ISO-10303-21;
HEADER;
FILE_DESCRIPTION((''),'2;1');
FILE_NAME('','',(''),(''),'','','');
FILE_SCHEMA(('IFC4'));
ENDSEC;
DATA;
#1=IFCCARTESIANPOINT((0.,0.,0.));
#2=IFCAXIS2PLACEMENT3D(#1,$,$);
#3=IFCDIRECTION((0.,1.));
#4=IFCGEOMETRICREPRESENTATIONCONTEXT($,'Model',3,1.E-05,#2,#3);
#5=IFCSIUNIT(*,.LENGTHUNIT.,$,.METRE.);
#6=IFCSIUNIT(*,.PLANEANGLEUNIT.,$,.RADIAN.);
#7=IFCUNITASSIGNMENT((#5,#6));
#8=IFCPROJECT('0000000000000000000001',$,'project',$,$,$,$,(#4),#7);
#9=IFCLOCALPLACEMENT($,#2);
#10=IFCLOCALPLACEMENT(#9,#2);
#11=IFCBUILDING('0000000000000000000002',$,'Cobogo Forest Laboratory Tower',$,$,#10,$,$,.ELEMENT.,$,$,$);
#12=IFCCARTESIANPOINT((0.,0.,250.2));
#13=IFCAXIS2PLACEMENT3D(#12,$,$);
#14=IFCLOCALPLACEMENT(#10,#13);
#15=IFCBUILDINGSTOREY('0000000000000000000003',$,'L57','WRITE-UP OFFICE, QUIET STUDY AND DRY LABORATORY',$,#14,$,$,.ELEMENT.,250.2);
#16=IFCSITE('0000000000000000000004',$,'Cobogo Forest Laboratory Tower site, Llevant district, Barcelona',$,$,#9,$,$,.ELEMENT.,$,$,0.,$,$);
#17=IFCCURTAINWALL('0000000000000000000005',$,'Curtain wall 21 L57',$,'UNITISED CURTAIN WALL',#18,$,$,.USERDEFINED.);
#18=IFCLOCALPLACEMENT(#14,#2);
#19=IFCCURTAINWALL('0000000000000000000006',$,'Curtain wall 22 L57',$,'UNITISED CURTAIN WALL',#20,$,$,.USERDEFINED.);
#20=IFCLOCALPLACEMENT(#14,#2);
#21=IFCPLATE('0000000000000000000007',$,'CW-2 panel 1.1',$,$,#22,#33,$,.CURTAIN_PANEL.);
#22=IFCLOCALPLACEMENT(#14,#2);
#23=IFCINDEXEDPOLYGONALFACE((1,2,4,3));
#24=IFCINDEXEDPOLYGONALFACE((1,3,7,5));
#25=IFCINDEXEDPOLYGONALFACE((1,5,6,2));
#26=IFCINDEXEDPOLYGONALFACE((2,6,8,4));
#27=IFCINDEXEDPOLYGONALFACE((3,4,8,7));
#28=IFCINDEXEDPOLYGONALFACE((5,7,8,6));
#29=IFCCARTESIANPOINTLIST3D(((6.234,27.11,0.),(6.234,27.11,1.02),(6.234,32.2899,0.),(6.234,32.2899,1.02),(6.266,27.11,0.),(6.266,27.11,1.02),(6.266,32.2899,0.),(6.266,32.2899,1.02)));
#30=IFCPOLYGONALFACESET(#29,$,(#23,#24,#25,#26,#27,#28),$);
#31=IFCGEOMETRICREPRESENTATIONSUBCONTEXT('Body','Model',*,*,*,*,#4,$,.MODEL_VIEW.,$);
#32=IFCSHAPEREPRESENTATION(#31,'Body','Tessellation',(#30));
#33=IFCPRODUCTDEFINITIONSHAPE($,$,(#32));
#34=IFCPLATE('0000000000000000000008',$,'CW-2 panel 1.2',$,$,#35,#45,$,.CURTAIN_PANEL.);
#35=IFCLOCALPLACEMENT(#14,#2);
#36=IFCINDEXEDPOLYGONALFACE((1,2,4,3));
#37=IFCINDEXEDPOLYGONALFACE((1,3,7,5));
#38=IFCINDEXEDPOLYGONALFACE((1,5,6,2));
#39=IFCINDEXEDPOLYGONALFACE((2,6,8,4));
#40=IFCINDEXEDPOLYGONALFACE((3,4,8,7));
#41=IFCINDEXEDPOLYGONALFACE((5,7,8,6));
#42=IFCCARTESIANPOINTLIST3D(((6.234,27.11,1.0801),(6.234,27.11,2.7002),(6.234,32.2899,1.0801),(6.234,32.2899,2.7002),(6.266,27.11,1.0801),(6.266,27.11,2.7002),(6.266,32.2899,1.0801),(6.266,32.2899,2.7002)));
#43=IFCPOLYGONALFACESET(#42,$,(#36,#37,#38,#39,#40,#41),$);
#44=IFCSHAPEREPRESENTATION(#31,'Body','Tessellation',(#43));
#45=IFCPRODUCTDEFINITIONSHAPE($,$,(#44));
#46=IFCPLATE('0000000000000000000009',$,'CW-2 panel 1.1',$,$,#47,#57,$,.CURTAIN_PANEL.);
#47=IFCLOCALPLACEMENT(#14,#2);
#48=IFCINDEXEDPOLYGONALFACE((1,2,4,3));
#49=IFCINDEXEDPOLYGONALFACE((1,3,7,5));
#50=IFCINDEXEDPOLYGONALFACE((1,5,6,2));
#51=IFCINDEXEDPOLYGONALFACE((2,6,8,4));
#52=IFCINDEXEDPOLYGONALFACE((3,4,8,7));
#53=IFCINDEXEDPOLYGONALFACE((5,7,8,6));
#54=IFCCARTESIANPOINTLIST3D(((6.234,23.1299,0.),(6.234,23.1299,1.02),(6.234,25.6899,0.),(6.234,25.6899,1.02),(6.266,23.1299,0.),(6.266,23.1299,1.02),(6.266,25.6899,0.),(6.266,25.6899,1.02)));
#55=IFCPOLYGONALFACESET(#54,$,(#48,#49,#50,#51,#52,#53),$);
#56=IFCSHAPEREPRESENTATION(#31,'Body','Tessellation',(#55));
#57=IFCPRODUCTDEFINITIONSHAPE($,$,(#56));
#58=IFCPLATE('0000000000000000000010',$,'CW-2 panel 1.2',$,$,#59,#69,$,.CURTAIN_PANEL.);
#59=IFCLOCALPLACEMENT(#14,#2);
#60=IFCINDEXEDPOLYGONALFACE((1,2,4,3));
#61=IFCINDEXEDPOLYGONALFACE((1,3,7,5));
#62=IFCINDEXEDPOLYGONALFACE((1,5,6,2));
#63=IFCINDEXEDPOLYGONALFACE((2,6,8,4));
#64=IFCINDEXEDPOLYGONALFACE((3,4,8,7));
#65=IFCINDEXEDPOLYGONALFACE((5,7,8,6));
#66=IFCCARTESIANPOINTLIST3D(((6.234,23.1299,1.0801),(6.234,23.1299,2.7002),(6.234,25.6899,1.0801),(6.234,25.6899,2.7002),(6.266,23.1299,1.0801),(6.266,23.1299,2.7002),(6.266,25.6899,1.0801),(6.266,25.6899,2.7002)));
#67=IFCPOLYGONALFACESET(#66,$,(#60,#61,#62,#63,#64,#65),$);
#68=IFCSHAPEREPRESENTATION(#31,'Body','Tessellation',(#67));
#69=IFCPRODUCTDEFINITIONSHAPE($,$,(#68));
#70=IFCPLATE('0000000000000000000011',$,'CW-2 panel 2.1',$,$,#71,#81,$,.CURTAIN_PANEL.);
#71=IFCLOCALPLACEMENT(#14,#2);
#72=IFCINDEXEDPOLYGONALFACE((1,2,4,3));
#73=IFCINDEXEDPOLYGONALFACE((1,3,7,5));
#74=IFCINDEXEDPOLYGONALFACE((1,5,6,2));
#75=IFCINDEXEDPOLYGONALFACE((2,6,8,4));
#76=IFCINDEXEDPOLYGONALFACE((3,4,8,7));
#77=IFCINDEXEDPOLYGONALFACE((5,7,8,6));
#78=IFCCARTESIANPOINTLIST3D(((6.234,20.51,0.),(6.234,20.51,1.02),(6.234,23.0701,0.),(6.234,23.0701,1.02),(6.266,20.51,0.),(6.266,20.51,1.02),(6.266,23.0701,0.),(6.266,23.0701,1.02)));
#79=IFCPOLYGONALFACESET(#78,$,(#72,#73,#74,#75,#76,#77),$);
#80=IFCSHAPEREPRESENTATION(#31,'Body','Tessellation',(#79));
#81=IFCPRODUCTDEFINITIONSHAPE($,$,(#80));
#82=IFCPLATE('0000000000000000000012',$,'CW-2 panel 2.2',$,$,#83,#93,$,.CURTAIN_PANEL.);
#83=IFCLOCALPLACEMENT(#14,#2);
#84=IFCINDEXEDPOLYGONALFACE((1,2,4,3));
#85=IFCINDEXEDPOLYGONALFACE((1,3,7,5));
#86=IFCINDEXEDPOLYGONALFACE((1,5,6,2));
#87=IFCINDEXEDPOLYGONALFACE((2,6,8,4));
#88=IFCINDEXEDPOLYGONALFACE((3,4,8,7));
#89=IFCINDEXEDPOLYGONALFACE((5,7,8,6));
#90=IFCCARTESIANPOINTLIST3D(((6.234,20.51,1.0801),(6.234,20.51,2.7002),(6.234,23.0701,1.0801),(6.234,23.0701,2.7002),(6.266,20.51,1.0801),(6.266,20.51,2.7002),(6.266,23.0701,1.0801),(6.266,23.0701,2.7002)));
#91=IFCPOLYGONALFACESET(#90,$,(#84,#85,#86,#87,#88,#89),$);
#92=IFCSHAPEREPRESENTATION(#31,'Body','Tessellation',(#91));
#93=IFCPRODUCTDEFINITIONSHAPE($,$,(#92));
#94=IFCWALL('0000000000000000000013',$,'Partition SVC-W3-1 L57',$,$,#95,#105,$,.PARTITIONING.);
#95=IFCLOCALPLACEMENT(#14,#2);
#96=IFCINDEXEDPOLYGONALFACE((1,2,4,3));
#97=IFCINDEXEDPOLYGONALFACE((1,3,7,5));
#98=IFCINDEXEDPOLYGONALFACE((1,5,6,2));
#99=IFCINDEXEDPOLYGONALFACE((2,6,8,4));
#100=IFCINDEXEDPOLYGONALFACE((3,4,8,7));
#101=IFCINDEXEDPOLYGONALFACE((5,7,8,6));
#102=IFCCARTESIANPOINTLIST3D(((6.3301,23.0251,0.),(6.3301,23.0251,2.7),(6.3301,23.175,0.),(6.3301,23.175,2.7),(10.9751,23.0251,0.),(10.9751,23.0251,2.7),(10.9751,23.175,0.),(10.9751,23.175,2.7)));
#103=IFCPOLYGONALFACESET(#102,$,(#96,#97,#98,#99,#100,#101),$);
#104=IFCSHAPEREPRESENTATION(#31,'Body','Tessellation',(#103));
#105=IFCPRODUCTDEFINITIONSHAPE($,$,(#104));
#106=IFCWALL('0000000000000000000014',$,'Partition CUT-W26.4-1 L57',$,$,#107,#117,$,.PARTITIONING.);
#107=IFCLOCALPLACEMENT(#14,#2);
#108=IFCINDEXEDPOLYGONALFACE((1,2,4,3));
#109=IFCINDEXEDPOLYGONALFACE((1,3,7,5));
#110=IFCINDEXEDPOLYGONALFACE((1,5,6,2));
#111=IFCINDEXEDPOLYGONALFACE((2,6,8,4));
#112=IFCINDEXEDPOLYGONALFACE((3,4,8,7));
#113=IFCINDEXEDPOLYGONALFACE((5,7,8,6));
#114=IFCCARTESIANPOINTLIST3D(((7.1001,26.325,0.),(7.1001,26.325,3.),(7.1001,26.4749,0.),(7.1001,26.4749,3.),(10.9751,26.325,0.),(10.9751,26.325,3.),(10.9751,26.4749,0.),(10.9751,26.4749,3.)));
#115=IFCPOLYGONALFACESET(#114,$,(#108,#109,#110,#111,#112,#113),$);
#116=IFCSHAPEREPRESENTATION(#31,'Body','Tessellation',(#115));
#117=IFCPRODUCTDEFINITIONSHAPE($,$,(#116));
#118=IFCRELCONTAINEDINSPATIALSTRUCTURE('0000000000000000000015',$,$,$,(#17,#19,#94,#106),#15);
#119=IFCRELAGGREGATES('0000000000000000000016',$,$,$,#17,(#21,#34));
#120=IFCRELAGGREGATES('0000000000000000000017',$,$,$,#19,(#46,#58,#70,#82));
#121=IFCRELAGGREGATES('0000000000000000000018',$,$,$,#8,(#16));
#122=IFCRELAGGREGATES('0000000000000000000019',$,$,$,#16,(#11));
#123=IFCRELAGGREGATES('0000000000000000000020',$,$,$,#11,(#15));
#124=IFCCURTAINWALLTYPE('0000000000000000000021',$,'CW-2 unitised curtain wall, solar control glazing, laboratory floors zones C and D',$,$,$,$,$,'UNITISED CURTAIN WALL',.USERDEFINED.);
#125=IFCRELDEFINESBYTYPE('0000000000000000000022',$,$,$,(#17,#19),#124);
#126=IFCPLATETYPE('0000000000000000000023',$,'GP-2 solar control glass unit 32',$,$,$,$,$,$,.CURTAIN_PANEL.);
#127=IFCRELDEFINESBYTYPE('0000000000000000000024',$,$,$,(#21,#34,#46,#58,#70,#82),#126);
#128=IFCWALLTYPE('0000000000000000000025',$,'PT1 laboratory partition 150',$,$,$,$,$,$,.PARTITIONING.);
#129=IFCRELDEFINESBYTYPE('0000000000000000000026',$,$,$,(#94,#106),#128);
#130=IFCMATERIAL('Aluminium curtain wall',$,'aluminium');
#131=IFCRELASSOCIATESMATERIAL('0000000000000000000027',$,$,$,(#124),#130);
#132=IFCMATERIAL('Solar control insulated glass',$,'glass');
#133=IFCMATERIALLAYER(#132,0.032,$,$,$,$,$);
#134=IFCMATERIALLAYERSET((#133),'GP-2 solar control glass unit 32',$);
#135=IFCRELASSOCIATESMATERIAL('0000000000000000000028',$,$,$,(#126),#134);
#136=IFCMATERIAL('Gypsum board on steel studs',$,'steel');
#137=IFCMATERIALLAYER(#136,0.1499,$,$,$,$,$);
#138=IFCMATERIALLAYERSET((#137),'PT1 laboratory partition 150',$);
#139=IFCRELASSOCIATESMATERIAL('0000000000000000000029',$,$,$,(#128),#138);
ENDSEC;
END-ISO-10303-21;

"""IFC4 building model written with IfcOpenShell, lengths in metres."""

from ifc_helpers import new_model, si_unit, direction, frame, frame_2d, origin, origin_2d, place, context, subcontext, project, spatial, rectangle, extrude, material, layer, layer_set, type_object, element, aggregate, save


model = new_model("IFC4")

# Units and contexts
model_context = context("Model", 3, precision=1e-05, world=origin(), true_north=direction((0.0, 1.0)))
body_context = subcontext(model_context, "Body", "Model", "MODEL_VIEW")
ifc_project = project(units=[si_unit("LENGTHUNIT", "METRE"), si_unit("PLANEANGLEUNIT", "RADIAN")], contexts=[model_context])

# Site, building, storey
site_placement = place(None, origin())
site = spatial("IfcSite", under=ifc_project, at=site_placement, Name="Cobogo Forest Laboratory Tower site, Llevant district, Barcelona", CompositionType="ELEMENT", RefElevation=0.0)
building_placement = place(site_placement, origin())
building = spatial("IfcBuilding", under=site, at=building_placement, Name="Cobogo Forest Laboratory Tower", CompositionType="ELEMENT")
storey_placement = place(building_placement, frame((0.0, 0.0, 250.2)))
storey = spatial("IfcBuildingStorey", under=building, at=storey_placement, Name="L57", Description="WRITE-UP OFFICE, QUIET STUDY AND DRY LABORATORY", CompositionType="ELEMENT", Elevation=250.2)

# Curtain walls
ifc_material_1 = material(Name="Aluminium curtain wall", Category="aluminium")
curtain_wall_type = type_object("IfcCurtainWallType", Name="CW-2 unitised curtain wall, solar control glazing, laboratory floors zones C and D", ElementType="UNITISED CURTAIN WALL", PredefinedType="USERDEFINED", material=ifc_material_1)
curtain_wall_1_placement = place(storey_placement, origin())
curtain_wall_1 = element("IfcCurtainWall", 1, at=curtain_wall_1_placement, inside=storey, type_object=curtain_wall_type, Name="Curtain wall 21 L57", ObjectType="UNITISED CURTAIN WALL", PredefinedType="USERDEFINED")
curtain_wall_2_placement = place(storey_placement, origin())
curtain_wall_2 = element("IfcCurtainWall", 2, at=curtain_wall_2_placement, inside=storey, type_object=curtain_wall_type, Name="Curtain wall 22 L57", ObjectType="UNITISED CURTAIN WALL", PredefinedType="USERDEFINED")

# Plates
ifc_material_2 = material(Name="Solar control insulated glass", Category="glass")
ifc_layer_1 = layer(ifc_material_2, 0.032)
ifc_layer_set_1 = layer_set([ifc_layer_1], Name="GP-2 solar control glass unit 32")
plate_type_1 = type_object("IfcPlateType", Name="GP-2 solar control glass unit 32", PredefinedType="CURTAIN_PANEL", material=ifc_layer_set_1)
plate_1_placement = place(storey_placement, frame((6.25, 29.7, 0.0), z_axis=(0.0, 0.0, 1.0), x_axis=(0.0, -1.0, 0.0)))
plate_1 = element("IfcPlate", 3, at=plate_1_placement, type_object=plate_type_1, Name="CW-2 panel 1.1", PredefinedType="CURTAIN_PANEL", context=body_context, shape_type="SweptSolid", body=[
    extrude(rectangle(XDim=5.1799, YDim=0.032, at=origin_2d()), origin(), (0.0, 0.0, 1.0), 1.02),
])
plate_2_placement = place(storey_placement, frame((6.25, 29.7, 1.0801), z_axis=(0.0, 0.0, 1.0), x_axis=(0.0, -1.0, 0.0)))
plate_2 = element("IfcPlate", 4, at=plate_2_placement, type_object=plate_type_1, Name="CW-2 panel 1.2", PredefinedType="CURTAIN_PANEL", context=body_context, shape_type="SweptSolid", body=[
    extrude(rectangle(XDim=5.1799, YDim=0.032, at=origin_2d()), origin(), (0.0, 0.0, 1.0), 1.6201),
])
aggregate(curtain_wall_1, [plate_1, plate_2])
plate_3_placement = place(storey_placement, frame((6.25, 24.4099, 0.0), z_axis=(0.0, 0.0, 1.0), x_axis=(0.0, -1.0, 0.0)))
plate_3 = element("IfcPlate", 5, at=plate_3_placement, type_object=plate_type_1, Name="CW-2 panel 1.1", PredefinedType="CURTAIN_PANEL", context=body_context, shape_type="SweptSolid", body=[
    extrude(rectangle(XDim=2.5601, YDim=0.032, at=origin_2d()), origin(), (0.0, 0.0, 1.0), 1.02),
])
plate_4_placement = place(storey_placement, frame((6.25, 24.4099, 1.0801), z_axis=(0.0, 0.0, 1.0), x_axis=(0.0, -1.0, 0.0)))
plate_4 = element("IfcPlate", 6, at=plate_4_placement, type_object=plate_type_1, Name="CW-2 panel 1.2", PredefinedType="CURTAIN_PANEL", context=body_context, shape_type="SweptSolid", body=[
    extrude(rectangle(XDim=2.5601, YDim=0.032, at=origin_2d()), origin(), (0.0, 0.0, 1.0), 1.6201),
])
plate_5_placement = place(storey_placement, frame((6.25, 21.79, 0.0), z_axis=(0.0, 0.0, 1.0), x_axis=(0.0, -1.0, 0.0)))
plate_5 = element("IfcPlate", 7, at=plate_5_placement, type_object=plate_type_1, Name="CW-2 panel 2.1", PredefinedType="CURTAIN_PANEL", context=body_context, shape_type="SweptSolid", body=[
    extrude(rectangle(XDim=2.5601, YDim=0.032, at=origin_2d()), origin(), (0.0, 0.0, 1.0), 1.02),
])
plate_6_placement = place(storey_placement, frame((6.25, 21.79, 1.0801), z_axis=(0.0, 0.0, 1.0), x_axis=(0.0, -1.0, 0.0)))
plate_6 = element("IfcPlate", 8, at=plate_6_placement, type_object=plate_type_1, Name="CW-2 panel 2.2", PredefinedType="CURTAIN_PANEL", context=body_context, shape_type="SweptSolid", body=[
    extrude(rectangle(XDim=2.5601, YDim=0.032, at=origin_2d()), origin(), (0.0, 0.0, 1.0), 1.6201),
])
aggregate(curtain_wall_2, [plate_3, plate_4, plate_5, plate_6])

# Walls
ifc_material_3 = material(Name="Gypsum board on steel studs", Category="steel")
ifc_layer_2 = layer(ifc_material_3, 0.1499)
ifc_layer_set_2 = layer_set([ifc_layer_2], Name="PT1 laboratory partition 150")
wall_type = type_object("IfcWallType", Name="PT1 laboratory partition 150", PredefinedType="PARTITIONING", material=ifc_layer_set_2)
wall_1_placement = place(storey_placement, frame((6.3301, 23.1001, 0.0), z_axis=(0.0, 0.0, 1.0), x_axis=(1.0, 0.0, 0.0)))
element("IfcWall", 9, at=wall_1_placement, inside=storey, type_object=wall_type, Name="Partition SVC-W3-1 L57", PredefinedType="PARTITIONING", context=body_context, shape_type="SweptSolid", body=[
    extrude(rectangle(XDim=4.645, YDim=0.1499, at=frame_2d((2.3225, 0.0))), origin(), (0.0, 0.0, 1.0), 2.7),
])
wall_2_placement = place(storey_placement, frame((7.1001, 26.3999, 0.0), z_axis=(0.0, 0.0, 1.0), x_axis=(1.0, 0.0, 0.0)))
element("IfcWall", 10, at=wall_2_placement, inside=storey, type_object=wall_type, Name="Partition CUT-W26.4-1 L57", PredefinedType="PARTITIONING", context=body_context, shape_type="SweptSolid", body=[
    extrude(rectangle(XDim=3.875, YDim=0.1499, at=frame_2d((1.9375, 0.0))), origin(), (0.0, 0.0, 1.0), 3.0),
])

save(model, "model.ifc")
